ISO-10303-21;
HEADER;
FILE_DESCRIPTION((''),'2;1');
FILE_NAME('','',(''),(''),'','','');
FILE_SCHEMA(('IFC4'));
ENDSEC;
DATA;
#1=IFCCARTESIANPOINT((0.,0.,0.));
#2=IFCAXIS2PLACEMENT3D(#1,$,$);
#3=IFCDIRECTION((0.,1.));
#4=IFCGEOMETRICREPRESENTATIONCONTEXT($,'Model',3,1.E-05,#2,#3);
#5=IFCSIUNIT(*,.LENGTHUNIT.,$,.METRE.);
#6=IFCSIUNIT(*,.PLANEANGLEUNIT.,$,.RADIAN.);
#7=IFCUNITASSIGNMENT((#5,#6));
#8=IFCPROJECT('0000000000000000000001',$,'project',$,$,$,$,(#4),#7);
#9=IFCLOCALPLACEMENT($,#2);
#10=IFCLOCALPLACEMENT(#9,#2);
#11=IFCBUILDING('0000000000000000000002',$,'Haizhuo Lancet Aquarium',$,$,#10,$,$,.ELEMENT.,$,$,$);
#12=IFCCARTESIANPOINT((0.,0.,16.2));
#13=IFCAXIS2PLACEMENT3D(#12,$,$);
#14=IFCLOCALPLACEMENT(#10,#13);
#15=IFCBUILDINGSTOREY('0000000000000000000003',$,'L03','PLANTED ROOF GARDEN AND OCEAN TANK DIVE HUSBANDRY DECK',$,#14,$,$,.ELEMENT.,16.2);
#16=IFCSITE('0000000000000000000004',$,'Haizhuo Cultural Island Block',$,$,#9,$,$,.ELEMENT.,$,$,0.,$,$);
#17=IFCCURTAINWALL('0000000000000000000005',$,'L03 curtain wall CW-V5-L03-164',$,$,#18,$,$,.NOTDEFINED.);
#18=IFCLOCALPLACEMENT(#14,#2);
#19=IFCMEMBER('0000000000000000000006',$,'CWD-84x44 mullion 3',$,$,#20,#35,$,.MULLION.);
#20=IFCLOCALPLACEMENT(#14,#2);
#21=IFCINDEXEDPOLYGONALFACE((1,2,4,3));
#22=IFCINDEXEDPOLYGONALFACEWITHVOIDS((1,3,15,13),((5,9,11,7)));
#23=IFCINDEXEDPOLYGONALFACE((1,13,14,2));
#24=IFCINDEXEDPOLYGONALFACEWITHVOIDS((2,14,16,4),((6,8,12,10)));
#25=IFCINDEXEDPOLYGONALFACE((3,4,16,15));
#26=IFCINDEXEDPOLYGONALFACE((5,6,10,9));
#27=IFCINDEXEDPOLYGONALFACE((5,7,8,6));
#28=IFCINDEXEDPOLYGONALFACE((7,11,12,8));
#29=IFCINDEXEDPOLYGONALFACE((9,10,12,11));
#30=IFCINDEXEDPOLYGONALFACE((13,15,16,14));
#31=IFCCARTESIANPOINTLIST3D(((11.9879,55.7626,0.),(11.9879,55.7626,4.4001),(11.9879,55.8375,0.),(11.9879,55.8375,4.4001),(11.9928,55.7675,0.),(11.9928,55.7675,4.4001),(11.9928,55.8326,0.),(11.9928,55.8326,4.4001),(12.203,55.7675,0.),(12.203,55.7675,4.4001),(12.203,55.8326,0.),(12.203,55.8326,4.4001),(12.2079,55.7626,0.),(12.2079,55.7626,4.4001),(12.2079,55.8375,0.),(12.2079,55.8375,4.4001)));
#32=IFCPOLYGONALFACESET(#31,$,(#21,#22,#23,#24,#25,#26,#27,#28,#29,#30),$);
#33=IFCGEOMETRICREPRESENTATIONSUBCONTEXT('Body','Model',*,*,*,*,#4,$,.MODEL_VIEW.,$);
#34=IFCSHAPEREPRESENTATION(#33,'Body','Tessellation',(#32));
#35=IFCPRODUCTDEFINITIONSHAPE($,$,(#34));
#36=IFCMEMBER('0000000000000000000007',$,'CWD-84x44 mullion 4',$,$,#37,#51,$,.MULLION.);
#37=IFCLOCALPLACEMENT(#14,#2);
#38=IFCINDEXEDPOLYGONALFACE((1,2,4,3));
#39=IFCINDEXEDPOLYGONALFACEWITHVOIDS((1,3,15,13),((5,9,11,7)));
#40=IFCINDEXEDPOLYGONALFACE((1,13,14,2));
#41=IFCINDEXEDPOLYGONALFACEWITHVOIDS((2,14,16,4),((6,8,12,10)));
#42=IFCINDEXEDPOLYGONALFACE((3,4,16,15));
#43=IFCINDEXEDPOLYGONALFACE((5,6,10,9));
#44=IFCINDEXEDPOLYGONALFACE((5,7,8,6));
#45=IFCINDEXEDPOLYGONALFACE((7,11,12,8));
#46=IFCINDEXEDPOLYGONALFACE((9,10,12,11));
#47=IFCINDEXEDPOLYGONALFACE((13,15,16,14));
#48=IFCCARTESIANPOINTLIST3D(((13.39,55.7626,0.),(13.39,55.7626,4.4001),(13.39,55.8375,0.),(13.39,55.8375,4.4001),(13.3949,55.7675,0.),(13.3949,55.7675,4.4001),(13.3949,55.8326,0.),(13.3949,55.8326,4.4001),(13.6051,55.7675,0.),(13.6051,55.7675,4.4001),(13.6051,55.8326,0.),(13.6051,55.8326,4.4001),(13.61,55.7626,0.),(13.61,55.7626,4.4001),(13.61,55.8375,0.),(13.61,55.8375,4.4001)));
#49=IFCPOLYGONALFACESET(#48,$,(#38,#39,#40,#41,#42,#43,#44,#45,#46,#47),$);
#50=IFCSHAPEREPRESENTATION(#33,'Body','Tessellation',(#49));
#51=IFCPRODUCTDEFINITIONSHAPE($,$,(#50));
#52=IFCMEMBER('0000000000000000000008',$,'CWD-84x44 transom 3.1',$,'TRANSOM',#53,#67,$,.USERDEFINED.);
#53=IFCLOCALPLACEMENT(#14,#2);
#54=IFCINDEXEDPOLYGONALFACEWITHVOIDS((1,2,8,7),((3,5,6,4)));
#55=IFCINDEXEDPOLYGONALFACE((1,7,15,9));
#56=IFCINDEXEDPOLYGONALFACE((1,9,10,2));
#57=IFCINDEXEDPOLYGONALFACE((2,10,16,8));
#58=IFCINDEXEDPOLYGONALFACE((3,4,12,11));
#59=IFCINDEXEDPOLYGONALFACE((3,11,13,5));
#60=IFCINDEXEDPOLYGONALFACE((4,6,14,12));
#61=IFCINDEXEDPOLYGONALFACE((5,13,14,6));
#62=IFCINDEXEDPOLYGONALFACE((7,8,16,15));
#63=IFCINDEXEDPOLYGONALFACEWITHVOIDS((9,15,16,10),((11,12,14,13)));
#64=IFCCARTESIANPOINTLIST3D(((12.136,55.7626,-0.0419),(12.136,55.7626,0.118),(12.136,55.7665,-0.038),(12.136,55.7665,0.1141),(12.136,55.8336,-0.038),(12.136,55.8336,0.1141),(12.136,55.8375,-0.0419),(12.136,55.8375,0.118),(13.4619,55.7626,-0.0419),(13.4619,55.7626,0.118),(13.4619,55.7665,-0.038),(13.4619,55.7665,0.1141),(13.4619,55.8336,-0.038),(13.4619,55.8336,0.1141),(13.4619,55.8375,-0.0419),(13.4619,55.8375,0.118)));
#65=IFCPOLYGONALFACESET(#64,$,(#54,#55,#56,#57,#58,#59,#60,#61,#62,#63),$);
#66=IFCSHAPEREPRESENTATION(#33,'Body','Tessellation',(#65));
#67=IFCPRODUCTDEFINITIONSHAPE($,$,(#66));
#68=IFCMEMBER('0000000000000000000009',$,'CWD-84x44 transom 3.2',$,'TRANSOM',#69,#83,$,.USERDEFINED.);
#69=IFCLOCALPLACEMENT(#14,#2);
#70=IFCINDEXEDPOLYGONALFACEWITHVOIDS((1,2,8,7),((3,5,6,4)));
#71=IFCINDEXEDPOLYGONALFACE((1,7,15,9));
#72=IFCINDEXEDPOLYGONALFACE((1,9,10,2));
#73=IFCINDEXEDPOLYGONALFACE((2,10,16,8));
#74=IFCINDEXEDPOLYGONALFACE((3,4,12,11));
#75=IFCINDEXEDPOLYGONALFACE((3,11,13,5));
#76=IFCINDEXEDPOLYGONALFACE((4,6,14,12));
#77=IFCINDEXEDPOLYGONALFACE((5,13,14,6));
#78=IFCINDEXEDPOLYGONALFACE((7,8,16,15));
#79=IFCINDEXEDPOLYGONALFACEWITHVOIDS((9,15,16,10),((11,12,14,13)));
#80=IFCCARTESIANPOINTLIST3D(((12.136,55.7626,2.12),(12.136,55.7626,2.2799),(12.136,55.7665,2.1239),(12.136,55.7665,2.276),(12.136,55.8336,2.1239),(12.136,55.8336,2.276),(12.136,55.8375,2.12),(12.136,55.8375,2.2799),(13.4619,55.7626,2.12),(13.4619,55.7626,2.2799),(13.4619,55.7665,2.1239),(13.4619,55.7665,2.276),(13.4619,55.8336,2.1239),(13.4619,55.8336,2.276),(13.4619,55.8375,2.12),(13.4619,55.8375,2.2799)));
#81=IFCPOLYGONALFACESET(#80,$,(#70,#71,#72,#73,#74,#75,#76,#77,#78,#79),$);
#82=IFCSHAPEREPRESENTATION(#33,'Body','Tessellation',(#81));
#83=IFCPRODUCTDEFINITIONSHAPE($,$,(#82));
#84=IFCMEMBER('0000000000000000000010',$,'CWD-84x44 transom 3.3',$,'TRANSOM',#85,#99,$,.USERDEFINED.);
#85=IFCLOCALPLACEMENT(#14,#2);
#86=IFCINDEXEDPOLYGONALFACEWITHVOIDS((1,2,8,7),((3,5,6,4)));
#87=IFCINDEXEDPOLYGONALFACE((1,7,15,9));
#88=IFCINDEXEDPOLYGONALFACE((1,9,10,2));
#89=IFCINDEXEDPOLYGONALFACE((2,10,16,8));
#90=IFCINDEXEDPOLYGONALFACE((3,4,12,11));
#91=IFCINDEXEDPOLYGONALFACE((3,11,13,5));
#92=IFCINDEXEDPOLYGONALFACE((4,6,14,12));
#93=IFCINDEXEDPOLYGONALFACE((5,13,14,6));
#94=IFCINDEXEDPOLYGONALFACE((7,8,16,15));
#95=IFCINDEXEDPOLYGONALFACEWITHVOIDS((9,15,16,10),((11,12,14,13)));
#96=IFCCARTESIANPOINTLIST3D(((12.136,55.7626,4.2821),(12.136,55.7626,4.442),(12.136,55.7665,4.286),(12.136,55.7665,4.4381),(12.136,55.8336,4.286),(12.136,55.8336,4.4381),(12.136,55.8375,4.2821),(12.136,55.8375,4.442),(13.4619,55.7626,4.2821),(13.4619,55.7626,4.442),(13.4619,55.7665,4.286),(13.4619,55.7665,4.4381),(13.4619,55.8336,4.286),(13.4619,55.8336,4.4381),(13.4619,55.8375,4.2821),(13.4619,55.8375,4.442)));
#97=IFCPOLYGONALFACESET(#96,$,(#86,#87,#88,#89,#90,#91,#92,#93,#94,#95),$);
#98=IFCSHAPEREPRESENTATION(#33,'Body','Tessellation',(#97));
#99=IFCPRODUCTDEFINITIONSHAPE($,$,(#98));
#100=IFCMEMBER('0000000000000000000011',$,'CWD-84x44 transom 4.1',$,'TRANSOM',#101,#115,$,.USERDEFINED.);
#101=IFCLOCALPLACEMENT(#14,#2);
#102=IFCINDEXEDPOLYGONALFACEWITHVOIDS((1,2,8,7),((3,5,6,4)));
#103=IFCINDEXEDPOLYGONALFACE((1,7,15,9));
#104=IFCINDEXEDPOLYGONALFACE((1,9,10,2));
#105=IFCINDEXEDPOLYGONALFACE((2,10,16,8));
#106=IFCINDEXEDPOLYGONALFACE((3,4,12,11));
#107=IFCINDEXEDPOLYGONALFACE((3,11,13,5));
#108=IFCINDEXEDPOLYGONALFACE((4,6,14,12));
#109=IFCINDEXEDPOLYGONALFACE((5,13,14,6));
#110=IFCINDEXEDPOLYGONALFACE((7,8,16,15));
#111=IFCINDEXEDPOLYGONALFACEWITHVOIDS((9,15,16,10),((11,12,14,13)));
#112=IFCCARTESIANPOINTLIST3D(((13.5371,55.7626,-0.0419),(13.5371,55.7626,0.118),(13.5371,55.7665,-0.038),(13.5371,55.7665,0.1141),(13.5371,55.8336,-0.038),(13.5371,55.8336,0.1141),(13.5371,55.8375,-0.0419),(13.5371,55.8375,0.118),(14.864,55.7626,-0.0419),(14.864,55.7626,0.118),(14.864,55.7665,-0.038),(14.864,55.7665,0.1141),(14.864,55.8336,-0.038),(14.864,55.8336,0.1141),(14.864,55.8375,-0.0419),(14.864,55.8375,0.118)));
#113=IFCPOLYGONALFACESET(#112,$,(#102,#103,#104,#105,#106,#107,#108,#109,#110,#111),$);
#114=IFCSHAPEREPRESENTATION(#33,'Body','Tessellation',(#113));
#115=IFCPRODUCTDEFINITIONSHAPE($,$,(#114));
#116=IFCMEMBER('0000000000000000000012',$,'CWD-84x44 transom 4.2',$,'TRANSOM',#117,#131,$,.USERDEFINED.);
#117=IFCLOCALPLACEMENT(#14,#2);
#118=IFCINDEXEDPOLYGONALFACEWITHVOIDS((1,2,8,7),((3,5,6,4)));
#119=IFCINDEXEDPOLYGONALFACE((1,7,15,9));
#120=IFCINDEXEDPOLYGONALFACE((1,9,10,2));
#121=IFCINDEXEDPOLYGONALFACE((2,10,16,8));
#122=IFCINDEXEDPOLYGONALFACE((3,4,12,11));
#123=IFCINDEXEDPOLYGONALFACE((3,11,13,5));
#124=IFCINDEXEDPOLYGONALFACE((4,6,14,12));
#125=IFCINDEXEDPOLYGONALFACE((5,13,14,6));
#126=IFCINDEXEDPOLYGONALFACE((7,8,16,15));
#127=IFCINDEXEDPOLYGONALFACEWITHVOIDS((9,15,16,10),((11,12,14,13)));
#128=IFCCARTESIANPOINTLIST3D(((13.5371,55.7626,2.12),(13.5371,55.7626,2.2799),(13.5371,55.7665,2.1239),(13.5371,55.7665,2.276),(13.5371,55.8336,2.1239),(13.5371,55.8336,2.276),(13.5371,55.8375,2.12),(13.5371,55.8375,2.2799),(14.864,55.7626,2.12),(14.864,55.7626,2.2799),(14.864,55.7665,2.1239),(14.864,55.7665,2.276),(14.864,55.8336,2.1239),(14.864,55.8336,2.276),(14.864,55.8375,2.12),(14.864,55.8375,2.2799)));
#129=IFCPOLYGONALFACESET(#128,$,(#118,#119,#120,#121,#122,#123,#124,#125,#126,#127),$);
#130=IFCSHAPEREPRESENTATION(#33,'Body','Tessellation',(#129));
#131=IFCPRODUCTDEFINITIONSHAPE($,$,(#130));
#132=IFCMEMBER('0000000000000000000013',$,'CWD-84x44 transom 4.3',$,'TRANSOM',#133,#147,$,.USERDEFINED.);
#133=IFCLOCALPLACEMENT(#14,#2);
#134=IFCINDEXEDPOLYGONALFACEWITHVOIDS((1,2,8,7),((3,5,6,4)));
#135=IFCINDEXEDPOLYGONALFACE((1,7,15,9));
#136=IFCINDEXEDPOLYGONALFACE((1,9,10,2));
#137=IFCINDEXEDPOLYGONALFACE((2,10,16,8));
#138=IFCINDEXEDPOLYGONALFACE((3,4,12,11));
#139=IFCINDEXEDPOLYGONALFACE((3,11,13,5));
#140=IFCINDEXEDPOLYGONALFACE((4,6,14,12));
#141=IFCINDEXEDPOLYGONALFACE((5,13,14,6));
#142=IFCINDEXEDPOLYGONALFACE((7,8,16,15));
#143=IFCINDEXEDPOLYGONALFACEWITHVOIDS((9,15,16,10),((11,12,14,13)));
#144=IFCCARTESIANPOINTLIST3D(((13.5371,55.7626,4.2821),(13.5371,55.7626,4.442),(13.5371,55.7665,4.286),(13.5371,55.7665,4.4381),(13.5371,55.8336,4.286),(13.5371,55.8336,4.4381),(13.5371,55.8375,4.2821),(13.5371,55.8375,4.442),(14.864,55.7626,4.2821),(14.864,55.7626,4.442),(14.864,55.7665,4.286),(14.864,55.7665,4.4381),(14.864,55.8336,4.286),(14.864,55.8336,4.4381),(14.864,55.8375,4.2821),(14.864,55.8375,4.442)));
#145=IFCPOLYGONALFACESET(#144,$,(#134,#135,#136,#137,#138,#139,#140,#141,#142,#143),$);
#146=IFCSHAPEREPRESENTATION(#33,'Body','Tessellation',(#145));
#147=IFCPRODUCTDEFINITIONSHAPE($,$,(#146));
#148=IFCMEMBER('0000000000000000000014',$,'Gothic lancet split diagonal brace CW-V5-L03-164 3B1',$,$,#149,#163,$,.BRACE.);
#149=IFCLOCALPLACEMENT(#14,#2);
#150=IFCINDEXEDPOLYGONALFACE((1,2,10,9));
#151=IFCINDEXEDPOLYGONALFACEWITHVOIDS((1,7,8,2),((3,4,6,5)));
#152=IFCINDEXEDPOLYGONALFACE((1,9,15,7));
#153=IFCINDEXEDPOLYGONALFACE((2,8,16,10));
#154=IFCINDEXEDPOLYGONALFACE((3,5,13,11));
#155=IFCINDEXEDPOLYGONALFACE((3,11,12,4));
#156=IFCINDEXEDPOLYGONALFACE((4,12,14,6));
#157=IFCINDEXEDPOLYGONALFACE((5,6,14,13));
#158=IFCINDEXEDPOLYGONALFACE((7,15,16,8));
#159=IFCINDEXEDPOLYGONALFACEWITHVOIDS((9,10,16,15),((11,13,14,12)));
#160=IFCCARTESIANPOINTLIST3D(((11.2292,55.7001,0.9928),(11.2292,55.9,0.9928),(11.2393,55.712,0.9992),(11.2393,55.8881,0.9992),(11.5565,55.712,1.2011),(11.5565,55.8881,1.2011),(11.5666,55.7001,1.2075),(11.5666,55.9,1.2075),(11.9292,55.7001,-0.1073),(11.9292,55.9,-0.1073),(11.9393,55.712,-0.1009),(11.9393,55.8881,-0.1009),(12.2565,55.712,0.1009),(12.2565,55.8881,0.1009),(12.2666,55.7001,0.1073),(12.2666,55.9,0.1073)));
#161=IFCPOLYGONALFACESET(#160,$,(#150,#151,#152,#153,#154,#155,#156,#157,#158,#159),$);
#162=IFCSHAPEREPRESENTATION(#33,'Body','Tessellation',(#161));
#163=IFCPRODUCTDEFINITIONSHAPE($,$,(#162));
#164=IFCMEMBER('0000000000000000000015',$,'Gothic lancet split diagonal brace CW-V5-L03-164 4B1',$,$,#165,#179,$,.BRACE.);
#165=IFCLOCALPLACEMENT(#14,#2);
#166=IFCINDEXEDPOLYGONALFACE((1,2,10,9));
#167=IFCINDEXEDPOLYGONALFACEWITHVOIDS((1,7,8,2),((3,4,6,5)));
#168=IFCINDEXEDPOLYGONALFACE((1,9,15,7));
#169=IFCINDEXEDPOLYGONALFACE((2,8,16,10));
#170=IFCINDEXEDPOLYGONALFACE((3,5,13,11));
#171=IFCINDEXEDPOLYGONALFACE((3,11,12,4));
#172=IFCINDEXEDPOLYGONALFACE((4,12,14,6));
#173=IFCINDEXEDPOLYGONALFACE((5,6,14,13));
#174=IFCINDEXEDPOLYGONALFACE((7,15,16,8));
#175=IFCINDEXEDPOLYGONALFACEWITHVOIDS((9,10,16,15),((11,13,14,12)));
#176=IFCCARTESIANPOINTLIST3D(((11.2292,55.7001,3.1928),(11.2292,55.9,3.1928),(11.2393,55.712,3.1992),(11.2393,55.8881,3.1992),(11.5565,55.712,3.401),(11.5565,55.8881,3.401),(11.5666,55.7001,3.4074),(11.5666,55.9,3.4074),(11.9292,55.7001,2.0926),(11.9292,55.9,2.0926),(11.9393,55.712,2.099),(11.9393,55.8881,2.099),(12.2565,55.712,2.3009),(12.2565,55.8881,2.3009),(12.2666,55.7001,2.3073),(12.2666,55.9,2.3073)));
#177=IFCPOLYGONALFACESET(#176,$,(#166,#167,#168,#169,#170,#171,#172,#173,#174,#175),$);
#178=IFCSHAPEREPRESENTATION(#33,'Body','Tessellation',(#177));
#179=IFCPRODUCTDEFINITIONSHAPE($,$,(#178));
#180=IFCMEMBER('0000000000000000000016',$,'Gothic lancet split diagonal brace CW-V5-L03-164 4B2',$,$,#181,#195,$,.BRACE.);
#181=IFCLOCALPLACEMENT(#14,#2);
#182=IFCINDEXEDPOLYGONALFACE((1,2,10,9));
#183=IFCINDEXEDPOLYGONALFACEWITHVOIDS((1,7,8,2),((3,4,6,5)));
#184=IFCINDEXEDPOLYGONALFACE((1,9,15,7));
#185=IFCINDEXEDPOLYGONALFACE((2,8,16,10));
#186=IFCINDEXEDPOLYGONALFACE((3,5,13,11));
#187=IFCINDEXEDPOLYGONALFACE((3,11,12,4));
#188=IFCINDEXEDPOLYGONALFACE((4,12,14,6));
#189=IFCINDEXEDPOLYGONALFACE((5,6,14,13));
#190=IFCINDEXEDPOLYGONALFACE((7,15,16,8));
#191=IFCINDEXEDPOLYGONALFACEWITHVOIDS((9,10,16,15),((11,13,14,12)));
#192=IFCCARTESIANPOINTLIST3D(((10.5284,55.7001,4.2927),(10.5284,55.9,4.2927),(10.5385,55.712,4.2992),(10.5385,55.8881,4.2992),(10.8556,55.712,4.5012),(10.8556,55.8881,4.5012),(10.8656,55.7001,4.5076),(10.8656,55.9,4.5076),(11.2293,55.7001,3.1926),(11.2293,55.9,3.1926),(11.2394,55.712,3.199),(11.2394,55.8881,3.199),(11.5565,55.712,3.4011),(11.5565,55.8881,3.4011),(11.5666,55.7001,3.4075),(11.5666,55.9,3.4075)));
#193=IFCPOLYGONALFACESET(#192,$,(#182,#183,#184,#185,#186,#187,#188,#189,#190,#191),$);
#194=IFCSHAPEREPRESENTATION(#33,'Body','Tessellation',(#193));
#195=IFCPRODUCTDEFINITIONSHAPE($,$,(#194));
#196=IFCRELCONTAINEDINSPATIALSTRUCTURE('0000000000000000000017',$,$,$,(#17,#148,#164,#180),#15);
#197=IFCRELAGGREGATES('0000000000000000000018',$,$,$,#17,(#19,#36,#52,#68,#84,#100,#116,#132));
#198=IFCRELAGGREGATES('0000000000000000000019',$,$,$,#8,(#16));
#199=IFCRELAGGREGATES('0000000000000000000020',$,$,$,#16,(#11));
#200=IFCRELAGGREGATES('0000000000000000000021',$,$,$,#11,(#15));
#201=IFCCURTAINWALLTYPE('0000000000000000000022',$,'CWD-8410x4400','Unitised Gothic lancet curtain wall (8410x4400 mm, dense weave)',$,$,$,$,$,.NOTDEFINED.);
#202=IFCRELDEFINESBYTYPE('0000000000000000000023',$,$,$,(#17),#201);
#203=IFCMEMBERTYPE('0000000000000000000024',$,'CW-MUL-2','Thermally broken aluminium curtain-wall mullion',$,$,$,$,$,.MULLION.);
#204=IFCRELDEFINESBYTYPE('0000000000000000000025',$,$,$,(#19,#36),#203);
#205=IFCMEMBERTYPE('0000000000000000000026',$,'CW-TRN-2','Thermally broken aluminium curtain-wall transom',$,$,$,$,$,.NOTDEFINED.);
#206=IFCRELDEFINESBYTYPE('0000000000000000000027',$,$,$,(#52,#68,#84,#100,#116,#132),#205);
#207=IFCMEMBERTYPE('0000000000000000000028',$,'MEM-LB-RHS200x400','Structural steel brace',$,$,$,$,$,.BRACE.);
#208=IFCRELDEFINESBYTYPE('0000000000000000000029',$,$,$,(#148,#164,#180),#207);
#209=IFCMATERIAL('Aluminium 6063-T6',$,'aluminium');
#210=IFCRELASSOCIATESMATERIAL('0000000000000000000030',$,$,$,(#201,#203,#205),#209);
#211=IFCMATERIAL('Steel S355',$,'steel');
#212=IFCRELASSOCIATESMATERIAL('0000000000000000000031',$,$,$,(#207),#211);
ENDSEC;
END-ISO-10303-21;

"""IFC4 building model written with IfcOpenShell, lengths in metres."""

from ifc_helpers import new_model, si_unit, direction, frame, origin, origin_2d, place, context, subcontext, project, spatial, hollow_rectangle, extrude, material, material_profile, profile_set, type_object, element, aggregate, save


model = new_model("IFC4")

# Units and contexts
model_context = context("Model", 3, precision=1e-05, world=origin(), true_north=direction((0.0, 1.0)))
body_context = subcontext(model_context, "Body", "Model", "MODEL_VIEW")
ifc_project = project(units=[si_unit("LENGTHUNIT", "METRE"), si_unit("PLANEANGLEUNIT", "RADIAN")], contexts=[model_context])

# Site, building, storey
site_placement = place(None, origin())
site = spatial("IfcSite", under=ifc_project, at=site_placement, Name="Haizhuo Cultural Island Block", CompositionType="ELEMENT", RefElevation=0.0)
building_placement = place(site_placement, origin())
building = spatial("IfcBuilding", under=site, at=building_placement, Name="Haizhuo Lancet Aquarium", CompositionType="ELEMENT")
storey_placement = place(building_placement, frame((0.0, 0.0, 16.2)))
storey = spatial("IfcBuildingStorey", under=building, at=storey_placement, Name="L03", Description="PLANTED ROOF GARDEN AND OCEAN TANK DIVE HUSBANDRY DECK", CompositionType="ELEMENT", Elevation=16.2)

# Curtain wall, members
ifc_material_1 = material(Name="Aluminium 6063-T6", Category="aluminium")
curtain_wall_type = type_object("IfcCurtainWallType", Name="CWD-8410x4400", Description="Unitised Gothic lancet curtain wall (8410x4400 mm, dense weave)", PredefinedType="NOTDEFINED", material=ifc_material_1)
curtain_wall_placement = place(storey_placement, origin())
curtain_wall = element("IfcCurtainWall", 1, at=curtain_wall_placement, inside=storey, type_object=curtain_wall_type, Name="L03 curtain wall CW-V5-L03-164", PredefinedType="NOTDEFINED")
ifc_material_profile_1 = material_profile(ifc_material_1, hollow_rectangle(XDim=0.075, YDim=0.22, WallThickness=0.0049, at=origin_2d()), Name="ALU-M 75x220x5")
ifc_profile_set_1 = profile_set([ifc_material_profile_1], Name="Aluminium 6063-T6")
member_type_1 = type_object("IfcMemberType", Name="CW-MUL-2", Description="Thermally broken aluminium curtain-wall mullion", PredefinedType="MULLION", material=ifc_profile_set_1)
member_1_placement = place(storey_placement, frame((12.0979, 55.8, 0.0), z_axis=(0.0, 0.0, 1.0), x_axis=(0.0, 1.0, 0.0)))
member_1 = element("IfcMember", 2, at=member_1_placement, type_object=member_type_1, Name="CWD-84x44 mullion 3", PredefinedType="MULLION", context=body_context, shape_type="SweptSolid", body=[
    extrude(hollow_rectangle(XDim=0.075, YDim=0.22, WallThickness=0.0049, at=origin_2d()), origin(), (0.0, 0.0, 1.0), 4.4001),
])
member_2_placement = place(storey_placement, frame((13.5, 55.8, 0.0), z_axis=(0.0, 0.0, 1.0), x_axis=(0.0, 1.0, 0.0)))
member_2 = element("IfcMember", 3, at=member_2_placement, type_object=member_type_1, Name="CWD-84x44 mullion 4", PredefinedType="MULLION", context=body_context, shape_type="SweptSolid", body=[
    extrude(hollow_rectangle(XDim=0.075, YDim=0.22, WallThickness=0.0049, at=origin_2d()), origin(), (0.0, 0.0, 1.0), 4.4001),
])
ifc_material_profile_2 = material_profile(ifc_material_1, hollow_rectangle(XDim=0.075, YDim=0.1599, WallThickness=0.0039, at=origin_2d()), Name="ALU-T 75x160x4")
ifc_profile_set_2 = profile_set([ifc_material_profile_2], Name="Aluminium 6063-T6")
member_type_2 = type_object("IfcMemberType", Name="CW-TRN-2", Description="Thermally broken aluminium curtain-wall transom", PredefinedType="NOTDEFINED", material=ifc_profile_set_2)
member_3_placement = place(storey_placement, frame((12.136, 55.8, 0.0381), z_axis=(1.0, 0.0, 0.0), x_axis=(0.0, 1.0, 0.0)))
member_3 = element("IfcMember", 4, at=member_3_placement, type_object=member_type_2, Name="CWD-84x44 transom 3.1", ObjectType="TRANSOM", PredefinedType="USERDEFINED", context=body_context, shape_type="SweptSolid", body=[
    extrude(hollow_rectangle(XDim=0.075, YDim=0.1599, WallThickness=0.0039, at=origin_2d()), origin(), (0.0, 0.0, 1.0), 1.3259),
])
member_4_placement = place(storey_placement, frame((12.136, 55.8, 2.2), z_axis=(1.0, 0.0, 0.0), x_axis=(0.0, 1.0, 0.0)))
member_4 = element("IfcMember", 5, at=member_4_placement, type_object=member_type_2, Name="CWD-84x44 transom 3.2", ObjectType="TRANSOM", PredefinedType="USERDEFINED", context=body_context, shape_type="SweptSolid", body=[
    extrude(hollow_rectangle(XDim=0.075, YDim=0.1599, WallThickness=0.0039, at=origin_2d()), origin(), (0.0, 0.0, 1.0), 1.3259),
])
member_5_placement = place(storey_placement, frame((12.136, 55.8, 4.3621), z_axis=(1.0, 0.0, 0.0), x_axis=(0.0, 1.0, 0.0)))
member_5 = element("IfcMember", 6, at=member_5_placement, type_object=member_type_2, Name="CWD-84x44 transom 3.3", ObjectType="TRANSOM", PredefinedType="USERDEFINED", context=body_context, shape_type="SweptSolid", body=[
    extrude(hollow_rectangle(XDim=0.075, YDim=0.1599, WallThickness=0.0039, at=origin_2d()), origin(), (0.0, 0.0, 1.0), 1.3259),
])
member_6_placement = place(storey_placement, frame((13.5371, 55.8, 0.0381), z_axis=(1.0, 0.0, 0.0), x_axis=(0.0, 1.0, 0.0)))
member_6 = element("IfcMember", 7, at=member_6_placement, type_object=member_type_2, Name="CWD-84x44 transom 4.1", ObjectType="TRANSOM", PredefinedType="USERDEFINED", context=body_context, shape_type="SweptSolid", body=[
    extrude(hollow_rectangle(XDim=0.075, YDim=0.1599, WallThickness=0.0039, at=origin_2d()), origin(), (0.0, 0.0, 1.0), 1.3269),
])
member_7_placement = place(storey_placement, frame((13.5371, 55.8, 2.2), z_axis=(1.0, 0.0, 0.0), x_axis=(0.0, 1.0, 0.0)))
member_7 = element("IfcMember", 8, at=member_7_placement, type_object=member_type_2, Name="CWD-84x44 transom 4.2", ObjectType="TRANSOM", PredefinedType="USERDEFINED", context=body_context, shape_type="SweptSolid", body=[
    extrude(hollow_rectangle(XDim=0.075, YDim=0.1599, WallThickness=0.0039, at=origin_2d()), origin(), (0.0, 0.0, 1.0), 1.3269),
])
member_8_placement = place(storey_placement, frame((13.5371, 55.8, 4.3621), z_axis=(1.0, 0.0, 0.0), x_axis=(0.0, 1.0, 0.0)))
member_8 = element("IfcMember", 9, at=member_8_placement, type_object=member_type_2, Name="CWD-84x44 transom 4.3", ObjectType="TRANSOM", PredefinedType="USERDEFINED", context=body_context, shape_type="SweptSolid", body=[
    extrude(hollow_rectangle(XDim=0.075, YDim=0.1599, WallThickness=0.0039, at=origin_2d()), origin(), (0.0, 0.0, 1.0), 1.3269),
])

# Members
ifc_material_2 = material(Name="Steel S355", Category="steel")
ifc_material_profile_3 = material_profile(ifc_material_2, hollow_rectangle(XDim=0.2, YDim=0.3999, WallThickness=0.012, at=origin_2d()), Name="RHS 200x400x12")
ifc_profile_set_3 = profile_set([ifc_material_profile_3], Name="Steel S355")
member_type_3 = type_object("IfcMemberType", Name="MEM-LB-RHS200x400", Description="Structural steel brace", PredefinedType="BRACE", material=ifc_profile_set_3)
for number, where, z_axis, x_axis, name in (
    (10, (12.0979, 55.8, 0.0), (-0.536815, 0.0, 0.8437), (0.0, -1.0, 0.0), "Gothic lancet split diagonal brace CW-V5-L03-164 3B1"),
    (11, (12.0979, 55.8, 2.2), (-0.536815, 0.0, 0.8437), (0.0, -1.0, 0.0), "Gothic lancet split diagonal brace CW-V5-L03-164 4B1"),
):
    element("IfcMember", number, at=place(storey_placement, frame(where, z_axis=z_axis, x_axis=x_axis)), inside=storey, type_object=member_type_3, Name=name, PredefinedType="BRACE", context=body_context, shape_type="SweptSolid", body=[
        extrude(hollow_rectangle(XDim=0.2, YDim=0.3999, WallThickness=0.012, at=origin_2d()), origin(), (0.0, 0.0, 1.0), 1.304),
    ])
member_9_placement = place(storey_placement, frame((11.3979, 55.8, 3.3), z_axis=(-0.537348, 0.0, 0.843361), x_axis=(0.0, -1.0, 0.0)))
element("IfcMember", 12, at=member_9_placement, inside=storey, type_object=member_type_3, Name="Gothic lancet split diagonal brace CW-V5-L03-164 4B2", PredefinedType="BRACE", context=body_context, shape_type="SweptSolid", body=[
    extrude(hollow_rectangle(XDim=0.2, YDim=0.3999, WallThickness=0.012, at=origin_2d()), origin(), (0.0, 0.0, 1.0), 1.3044),
])

aggregate(curtain_wall, [member_1, member_2, member_3, member_4, member_5, member_6, member_7, member_8])

save(model, "model.ifc")
